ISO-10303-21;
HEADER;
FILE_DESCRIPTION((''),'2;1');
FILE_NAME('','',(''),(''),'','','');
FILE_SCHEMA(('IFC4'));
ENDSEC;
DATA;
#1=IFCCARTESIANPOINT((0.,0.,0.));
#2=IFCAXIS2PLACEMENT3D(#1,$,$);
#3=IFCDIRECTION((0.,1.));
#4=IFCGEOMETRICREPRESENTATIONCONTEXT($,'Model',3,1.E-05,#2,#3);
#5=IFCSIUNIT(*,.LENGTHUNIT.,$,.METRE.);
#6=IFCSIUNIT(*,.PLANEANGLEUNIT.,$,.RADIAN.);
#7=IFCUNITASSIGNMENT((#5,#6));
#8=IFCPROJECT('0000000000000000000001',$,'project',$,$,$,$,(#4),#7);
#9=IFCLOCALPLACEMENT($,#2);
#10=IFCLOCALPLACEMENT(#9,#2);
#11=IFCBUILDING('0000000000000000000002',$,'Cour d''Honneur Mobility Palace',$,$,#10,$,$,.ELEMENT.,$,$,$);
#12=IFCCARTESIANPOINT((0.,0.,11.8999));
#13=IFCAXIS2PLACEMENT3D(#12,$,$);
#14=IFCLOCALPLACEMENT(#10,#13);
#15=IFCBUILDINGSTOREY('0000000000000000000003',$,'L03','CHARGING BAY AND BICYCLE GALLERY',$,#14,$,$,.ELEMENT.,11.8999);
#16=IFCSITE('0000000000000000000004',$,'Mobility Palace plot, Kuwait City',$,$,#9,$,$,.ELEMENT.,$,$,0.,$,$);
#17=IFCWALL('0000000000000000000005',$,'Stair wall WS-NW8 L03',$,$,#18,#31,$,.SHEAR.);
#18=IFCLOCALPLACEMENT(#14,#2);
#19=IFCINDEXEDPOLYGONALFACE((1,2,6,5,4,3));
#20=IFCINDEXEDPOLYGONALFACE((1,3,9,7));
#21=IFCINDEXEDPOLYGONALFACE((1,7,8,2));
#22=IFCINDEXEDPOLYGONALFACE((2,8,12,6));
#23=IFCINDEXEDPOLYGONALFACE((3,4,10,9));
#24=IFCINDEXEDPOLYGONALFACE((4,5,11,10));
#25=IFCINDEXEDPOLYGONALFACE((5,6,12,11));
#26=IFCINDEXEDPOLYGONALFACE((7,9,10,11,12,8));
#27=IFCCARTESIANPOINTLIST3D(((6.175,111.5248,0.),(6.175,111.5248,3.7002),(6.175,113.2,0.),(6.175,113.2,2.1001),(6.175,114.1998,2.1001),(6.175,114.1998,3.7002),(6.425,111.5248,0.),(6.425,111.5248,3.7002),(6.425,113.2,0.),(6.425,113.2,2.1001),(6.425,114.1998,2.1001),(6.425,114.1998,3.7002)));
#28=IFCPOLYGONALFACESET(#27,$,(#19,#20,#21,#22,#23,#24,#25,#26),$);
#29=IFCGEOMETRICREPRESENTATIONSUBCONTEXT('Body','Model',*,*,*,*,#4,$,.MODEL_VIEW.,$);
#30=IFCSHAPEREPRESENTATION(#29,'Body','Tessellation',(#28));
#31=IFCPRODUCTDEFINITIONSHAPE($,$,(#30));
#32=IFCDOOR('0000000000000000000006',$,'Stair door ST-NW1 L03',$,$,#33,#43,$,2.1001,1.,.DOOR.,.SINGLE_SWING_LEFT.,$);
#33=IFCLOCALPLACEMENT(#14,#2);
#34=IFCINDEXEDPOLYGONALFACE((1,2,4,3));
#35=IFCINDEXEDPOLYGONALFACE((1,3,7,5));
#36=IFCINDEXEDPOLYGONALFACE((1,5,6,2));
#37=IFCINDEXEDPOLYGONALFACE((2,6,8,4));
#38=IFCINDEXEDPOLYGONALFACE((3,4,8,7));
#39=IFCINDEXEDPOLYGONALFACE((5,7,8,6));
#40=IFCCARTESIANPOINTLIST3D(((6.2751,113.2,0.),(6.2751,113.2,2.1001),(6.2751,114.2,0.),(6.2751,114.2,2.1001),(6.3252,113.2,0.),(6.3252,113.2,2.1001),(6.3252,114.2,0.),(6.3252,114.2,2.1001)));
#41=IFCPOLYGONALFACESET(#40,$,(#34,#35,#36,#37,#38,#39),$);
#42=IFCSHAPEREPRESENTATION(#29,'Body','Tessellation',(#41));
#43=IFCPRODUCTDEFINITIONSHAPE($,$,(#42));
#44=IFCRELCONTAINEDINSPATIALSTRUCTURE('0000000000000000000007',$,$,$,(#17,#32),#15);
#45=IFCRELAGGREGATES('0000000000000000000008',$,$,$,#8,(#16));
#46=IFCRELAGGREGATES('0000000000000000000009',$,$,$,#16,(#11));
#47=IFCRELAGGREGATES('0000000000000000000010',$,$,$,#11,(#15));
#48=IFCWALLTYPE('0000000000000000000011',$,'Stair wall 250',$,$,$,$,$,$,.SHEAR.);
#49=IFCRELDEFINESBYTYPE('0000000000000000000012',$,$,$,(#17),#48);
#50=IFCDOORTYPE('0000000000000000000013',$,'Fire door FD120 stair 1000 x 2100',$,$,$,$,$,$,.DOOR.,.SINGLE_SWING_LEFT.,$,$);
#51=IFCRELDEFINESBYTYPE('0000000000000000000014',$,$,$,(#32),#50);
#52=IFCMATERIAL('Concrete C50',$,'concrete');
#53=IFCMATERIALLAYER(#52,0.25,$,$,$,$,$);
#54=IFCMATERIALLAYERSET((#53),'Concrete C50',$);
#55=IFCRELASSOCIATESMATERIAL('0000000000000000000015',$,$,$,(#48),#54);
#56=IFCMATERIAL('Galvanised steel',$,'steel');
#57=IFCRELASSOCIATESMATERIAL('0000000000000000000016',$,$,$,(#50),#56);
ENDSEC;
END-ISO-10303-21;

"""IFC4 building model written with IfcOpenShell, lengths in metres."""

from ifc_helpers import new_model, si_unit, direction, frame, frame_2d, origin, place, context, subcontext, project, spatial, rectangle, extrude, material, layer, layer_set, type_object, element, fill, save


model = new_model("IFC4")

# Units and contexts
model_context = context("Model", 3, precision=1e-05, world=origin(), true_north=direction((0.0, 1.0)))
body_context = subcontext(model_context, "Body", "Model", "MODEL_VIEW")
ifc_project = project(units=[si_unit("LENGTHUNIT", "METRE"), si_unit("PLANEANGLEUNIT", "RADIAN")], contexts=[model_context])

# Site, building, storey
site_placement = place(None, origin())
site = spatial("IfcSite", under=ifc_project, at=site_placement, Name="Mobility Palace plot, Kuwait City", CompositionType="ELEMENT", RefElevation=0.0)
building_placement = place(site_placement, origin())
building = spatial("IfcBuilding", under=site, at=building_placement, Name="Cour d'Honneur Mobility Palace", CompositionType="ELEMENT")
storey_placement = place(building_placement, frame((0.0, 0.0, 11.8999)))
storey = spatial("IfcBuildingStorey", under=building, at=storey_placement, Name="L03", Description="CHARGING BAY AND BICYCLE GALLERY", CompositionType="ELEMENT", Elevation=11.8999)

# Wall, opening, door
ifc_material_1 = material(Name="Concrete C50", Category="concrete")
ifc_layer_1 = layer(ifc_material_1, 0.25)
ifc_layer_set_1 = layer_set([ifc_layer_1], Name="Concrete C50")
wall_type_1 = type_object("IfcWallType", Name="Stair wall 250", PredefinedType="SHEAR", material=ifc_layer_set_1)
wall_1_placement = place(storey_placement, frame((6.3, 111.5249, 0.0), z_axis=(0.0, 0.0, 1.0), x_axis=(0.0, 1.0, 0.0)))
wall_1 = element("IfcWall", 1, at=wall_1_placement, inside=storey, type_object=wall_type_1, Name="Stair wall WS-NW8 L03", PredefinedType="SHEAR", context=body_context, shape_type="SweptSolid", body=[
    extrude(rectangle(XDim=2.675, YDim=0.25, at=frame_2d((1.3374, 0.0))), origin(), (0.0, 0.0, 1.0), 3.7002),
])
opening_1_placement = place(wall_1_placement, frame((1.675, 0.0, 0.0)))
opening_1 = element("IfcOpeningElement", 2, at=opening_1_placement, cuts=wall_1, PredefinedType="OPENING", context=body_context, shape_type="SweptSolid", body=[
    extrude(rectangle(XDim=1.0, YDim=2.1001, at=frame_2d((0.5, 1.05))), frame((0.0, 0.135, 0.0), z_axis=(0.0, -1.0, 0.0), x_axis=(1.0, 0.0, 0.0)), (0.0, 0.0, 1.0), 0.27),
])
ifc_material_2 = material(Name="Galvanised steel", Category="steel")
door_type_1 = type_object("IfcDoorType", Name="Fire door FD120 stair 1000 x 2100", OperationType="SINGLE_SWING_LEFT", PredefinedType="DOOR", material=ifc_material_2)
door_1_placement = place(opening_1_placement, origin())
door_1 = element("IfcDoor", 3, at=door_1_placement, inside=storey, type_object=door_type_1, Name="Stair door ST-NW1 L03", OperationType="SINGLE_SWING_LEFT", OverallHeight=2.1001, OverallWidth=1.0, PredefinedType="DOOR", context=body_context, shape_type="SweptSolid", body=[
    extrude(rectangle(XDim=1.0, YDim=2.1001, at=frame_2d((0.5, 1.05))), frame((0.0, 0.0249, 0.0), z_axis=(0.0, -1.0, 0.0), x_axis=(1.0, 0.0, 0.0)), (0.0, 0.0, 1.0), 0.05),
])
fill(opening_1, door_1)

save(model, "model.ifc")
